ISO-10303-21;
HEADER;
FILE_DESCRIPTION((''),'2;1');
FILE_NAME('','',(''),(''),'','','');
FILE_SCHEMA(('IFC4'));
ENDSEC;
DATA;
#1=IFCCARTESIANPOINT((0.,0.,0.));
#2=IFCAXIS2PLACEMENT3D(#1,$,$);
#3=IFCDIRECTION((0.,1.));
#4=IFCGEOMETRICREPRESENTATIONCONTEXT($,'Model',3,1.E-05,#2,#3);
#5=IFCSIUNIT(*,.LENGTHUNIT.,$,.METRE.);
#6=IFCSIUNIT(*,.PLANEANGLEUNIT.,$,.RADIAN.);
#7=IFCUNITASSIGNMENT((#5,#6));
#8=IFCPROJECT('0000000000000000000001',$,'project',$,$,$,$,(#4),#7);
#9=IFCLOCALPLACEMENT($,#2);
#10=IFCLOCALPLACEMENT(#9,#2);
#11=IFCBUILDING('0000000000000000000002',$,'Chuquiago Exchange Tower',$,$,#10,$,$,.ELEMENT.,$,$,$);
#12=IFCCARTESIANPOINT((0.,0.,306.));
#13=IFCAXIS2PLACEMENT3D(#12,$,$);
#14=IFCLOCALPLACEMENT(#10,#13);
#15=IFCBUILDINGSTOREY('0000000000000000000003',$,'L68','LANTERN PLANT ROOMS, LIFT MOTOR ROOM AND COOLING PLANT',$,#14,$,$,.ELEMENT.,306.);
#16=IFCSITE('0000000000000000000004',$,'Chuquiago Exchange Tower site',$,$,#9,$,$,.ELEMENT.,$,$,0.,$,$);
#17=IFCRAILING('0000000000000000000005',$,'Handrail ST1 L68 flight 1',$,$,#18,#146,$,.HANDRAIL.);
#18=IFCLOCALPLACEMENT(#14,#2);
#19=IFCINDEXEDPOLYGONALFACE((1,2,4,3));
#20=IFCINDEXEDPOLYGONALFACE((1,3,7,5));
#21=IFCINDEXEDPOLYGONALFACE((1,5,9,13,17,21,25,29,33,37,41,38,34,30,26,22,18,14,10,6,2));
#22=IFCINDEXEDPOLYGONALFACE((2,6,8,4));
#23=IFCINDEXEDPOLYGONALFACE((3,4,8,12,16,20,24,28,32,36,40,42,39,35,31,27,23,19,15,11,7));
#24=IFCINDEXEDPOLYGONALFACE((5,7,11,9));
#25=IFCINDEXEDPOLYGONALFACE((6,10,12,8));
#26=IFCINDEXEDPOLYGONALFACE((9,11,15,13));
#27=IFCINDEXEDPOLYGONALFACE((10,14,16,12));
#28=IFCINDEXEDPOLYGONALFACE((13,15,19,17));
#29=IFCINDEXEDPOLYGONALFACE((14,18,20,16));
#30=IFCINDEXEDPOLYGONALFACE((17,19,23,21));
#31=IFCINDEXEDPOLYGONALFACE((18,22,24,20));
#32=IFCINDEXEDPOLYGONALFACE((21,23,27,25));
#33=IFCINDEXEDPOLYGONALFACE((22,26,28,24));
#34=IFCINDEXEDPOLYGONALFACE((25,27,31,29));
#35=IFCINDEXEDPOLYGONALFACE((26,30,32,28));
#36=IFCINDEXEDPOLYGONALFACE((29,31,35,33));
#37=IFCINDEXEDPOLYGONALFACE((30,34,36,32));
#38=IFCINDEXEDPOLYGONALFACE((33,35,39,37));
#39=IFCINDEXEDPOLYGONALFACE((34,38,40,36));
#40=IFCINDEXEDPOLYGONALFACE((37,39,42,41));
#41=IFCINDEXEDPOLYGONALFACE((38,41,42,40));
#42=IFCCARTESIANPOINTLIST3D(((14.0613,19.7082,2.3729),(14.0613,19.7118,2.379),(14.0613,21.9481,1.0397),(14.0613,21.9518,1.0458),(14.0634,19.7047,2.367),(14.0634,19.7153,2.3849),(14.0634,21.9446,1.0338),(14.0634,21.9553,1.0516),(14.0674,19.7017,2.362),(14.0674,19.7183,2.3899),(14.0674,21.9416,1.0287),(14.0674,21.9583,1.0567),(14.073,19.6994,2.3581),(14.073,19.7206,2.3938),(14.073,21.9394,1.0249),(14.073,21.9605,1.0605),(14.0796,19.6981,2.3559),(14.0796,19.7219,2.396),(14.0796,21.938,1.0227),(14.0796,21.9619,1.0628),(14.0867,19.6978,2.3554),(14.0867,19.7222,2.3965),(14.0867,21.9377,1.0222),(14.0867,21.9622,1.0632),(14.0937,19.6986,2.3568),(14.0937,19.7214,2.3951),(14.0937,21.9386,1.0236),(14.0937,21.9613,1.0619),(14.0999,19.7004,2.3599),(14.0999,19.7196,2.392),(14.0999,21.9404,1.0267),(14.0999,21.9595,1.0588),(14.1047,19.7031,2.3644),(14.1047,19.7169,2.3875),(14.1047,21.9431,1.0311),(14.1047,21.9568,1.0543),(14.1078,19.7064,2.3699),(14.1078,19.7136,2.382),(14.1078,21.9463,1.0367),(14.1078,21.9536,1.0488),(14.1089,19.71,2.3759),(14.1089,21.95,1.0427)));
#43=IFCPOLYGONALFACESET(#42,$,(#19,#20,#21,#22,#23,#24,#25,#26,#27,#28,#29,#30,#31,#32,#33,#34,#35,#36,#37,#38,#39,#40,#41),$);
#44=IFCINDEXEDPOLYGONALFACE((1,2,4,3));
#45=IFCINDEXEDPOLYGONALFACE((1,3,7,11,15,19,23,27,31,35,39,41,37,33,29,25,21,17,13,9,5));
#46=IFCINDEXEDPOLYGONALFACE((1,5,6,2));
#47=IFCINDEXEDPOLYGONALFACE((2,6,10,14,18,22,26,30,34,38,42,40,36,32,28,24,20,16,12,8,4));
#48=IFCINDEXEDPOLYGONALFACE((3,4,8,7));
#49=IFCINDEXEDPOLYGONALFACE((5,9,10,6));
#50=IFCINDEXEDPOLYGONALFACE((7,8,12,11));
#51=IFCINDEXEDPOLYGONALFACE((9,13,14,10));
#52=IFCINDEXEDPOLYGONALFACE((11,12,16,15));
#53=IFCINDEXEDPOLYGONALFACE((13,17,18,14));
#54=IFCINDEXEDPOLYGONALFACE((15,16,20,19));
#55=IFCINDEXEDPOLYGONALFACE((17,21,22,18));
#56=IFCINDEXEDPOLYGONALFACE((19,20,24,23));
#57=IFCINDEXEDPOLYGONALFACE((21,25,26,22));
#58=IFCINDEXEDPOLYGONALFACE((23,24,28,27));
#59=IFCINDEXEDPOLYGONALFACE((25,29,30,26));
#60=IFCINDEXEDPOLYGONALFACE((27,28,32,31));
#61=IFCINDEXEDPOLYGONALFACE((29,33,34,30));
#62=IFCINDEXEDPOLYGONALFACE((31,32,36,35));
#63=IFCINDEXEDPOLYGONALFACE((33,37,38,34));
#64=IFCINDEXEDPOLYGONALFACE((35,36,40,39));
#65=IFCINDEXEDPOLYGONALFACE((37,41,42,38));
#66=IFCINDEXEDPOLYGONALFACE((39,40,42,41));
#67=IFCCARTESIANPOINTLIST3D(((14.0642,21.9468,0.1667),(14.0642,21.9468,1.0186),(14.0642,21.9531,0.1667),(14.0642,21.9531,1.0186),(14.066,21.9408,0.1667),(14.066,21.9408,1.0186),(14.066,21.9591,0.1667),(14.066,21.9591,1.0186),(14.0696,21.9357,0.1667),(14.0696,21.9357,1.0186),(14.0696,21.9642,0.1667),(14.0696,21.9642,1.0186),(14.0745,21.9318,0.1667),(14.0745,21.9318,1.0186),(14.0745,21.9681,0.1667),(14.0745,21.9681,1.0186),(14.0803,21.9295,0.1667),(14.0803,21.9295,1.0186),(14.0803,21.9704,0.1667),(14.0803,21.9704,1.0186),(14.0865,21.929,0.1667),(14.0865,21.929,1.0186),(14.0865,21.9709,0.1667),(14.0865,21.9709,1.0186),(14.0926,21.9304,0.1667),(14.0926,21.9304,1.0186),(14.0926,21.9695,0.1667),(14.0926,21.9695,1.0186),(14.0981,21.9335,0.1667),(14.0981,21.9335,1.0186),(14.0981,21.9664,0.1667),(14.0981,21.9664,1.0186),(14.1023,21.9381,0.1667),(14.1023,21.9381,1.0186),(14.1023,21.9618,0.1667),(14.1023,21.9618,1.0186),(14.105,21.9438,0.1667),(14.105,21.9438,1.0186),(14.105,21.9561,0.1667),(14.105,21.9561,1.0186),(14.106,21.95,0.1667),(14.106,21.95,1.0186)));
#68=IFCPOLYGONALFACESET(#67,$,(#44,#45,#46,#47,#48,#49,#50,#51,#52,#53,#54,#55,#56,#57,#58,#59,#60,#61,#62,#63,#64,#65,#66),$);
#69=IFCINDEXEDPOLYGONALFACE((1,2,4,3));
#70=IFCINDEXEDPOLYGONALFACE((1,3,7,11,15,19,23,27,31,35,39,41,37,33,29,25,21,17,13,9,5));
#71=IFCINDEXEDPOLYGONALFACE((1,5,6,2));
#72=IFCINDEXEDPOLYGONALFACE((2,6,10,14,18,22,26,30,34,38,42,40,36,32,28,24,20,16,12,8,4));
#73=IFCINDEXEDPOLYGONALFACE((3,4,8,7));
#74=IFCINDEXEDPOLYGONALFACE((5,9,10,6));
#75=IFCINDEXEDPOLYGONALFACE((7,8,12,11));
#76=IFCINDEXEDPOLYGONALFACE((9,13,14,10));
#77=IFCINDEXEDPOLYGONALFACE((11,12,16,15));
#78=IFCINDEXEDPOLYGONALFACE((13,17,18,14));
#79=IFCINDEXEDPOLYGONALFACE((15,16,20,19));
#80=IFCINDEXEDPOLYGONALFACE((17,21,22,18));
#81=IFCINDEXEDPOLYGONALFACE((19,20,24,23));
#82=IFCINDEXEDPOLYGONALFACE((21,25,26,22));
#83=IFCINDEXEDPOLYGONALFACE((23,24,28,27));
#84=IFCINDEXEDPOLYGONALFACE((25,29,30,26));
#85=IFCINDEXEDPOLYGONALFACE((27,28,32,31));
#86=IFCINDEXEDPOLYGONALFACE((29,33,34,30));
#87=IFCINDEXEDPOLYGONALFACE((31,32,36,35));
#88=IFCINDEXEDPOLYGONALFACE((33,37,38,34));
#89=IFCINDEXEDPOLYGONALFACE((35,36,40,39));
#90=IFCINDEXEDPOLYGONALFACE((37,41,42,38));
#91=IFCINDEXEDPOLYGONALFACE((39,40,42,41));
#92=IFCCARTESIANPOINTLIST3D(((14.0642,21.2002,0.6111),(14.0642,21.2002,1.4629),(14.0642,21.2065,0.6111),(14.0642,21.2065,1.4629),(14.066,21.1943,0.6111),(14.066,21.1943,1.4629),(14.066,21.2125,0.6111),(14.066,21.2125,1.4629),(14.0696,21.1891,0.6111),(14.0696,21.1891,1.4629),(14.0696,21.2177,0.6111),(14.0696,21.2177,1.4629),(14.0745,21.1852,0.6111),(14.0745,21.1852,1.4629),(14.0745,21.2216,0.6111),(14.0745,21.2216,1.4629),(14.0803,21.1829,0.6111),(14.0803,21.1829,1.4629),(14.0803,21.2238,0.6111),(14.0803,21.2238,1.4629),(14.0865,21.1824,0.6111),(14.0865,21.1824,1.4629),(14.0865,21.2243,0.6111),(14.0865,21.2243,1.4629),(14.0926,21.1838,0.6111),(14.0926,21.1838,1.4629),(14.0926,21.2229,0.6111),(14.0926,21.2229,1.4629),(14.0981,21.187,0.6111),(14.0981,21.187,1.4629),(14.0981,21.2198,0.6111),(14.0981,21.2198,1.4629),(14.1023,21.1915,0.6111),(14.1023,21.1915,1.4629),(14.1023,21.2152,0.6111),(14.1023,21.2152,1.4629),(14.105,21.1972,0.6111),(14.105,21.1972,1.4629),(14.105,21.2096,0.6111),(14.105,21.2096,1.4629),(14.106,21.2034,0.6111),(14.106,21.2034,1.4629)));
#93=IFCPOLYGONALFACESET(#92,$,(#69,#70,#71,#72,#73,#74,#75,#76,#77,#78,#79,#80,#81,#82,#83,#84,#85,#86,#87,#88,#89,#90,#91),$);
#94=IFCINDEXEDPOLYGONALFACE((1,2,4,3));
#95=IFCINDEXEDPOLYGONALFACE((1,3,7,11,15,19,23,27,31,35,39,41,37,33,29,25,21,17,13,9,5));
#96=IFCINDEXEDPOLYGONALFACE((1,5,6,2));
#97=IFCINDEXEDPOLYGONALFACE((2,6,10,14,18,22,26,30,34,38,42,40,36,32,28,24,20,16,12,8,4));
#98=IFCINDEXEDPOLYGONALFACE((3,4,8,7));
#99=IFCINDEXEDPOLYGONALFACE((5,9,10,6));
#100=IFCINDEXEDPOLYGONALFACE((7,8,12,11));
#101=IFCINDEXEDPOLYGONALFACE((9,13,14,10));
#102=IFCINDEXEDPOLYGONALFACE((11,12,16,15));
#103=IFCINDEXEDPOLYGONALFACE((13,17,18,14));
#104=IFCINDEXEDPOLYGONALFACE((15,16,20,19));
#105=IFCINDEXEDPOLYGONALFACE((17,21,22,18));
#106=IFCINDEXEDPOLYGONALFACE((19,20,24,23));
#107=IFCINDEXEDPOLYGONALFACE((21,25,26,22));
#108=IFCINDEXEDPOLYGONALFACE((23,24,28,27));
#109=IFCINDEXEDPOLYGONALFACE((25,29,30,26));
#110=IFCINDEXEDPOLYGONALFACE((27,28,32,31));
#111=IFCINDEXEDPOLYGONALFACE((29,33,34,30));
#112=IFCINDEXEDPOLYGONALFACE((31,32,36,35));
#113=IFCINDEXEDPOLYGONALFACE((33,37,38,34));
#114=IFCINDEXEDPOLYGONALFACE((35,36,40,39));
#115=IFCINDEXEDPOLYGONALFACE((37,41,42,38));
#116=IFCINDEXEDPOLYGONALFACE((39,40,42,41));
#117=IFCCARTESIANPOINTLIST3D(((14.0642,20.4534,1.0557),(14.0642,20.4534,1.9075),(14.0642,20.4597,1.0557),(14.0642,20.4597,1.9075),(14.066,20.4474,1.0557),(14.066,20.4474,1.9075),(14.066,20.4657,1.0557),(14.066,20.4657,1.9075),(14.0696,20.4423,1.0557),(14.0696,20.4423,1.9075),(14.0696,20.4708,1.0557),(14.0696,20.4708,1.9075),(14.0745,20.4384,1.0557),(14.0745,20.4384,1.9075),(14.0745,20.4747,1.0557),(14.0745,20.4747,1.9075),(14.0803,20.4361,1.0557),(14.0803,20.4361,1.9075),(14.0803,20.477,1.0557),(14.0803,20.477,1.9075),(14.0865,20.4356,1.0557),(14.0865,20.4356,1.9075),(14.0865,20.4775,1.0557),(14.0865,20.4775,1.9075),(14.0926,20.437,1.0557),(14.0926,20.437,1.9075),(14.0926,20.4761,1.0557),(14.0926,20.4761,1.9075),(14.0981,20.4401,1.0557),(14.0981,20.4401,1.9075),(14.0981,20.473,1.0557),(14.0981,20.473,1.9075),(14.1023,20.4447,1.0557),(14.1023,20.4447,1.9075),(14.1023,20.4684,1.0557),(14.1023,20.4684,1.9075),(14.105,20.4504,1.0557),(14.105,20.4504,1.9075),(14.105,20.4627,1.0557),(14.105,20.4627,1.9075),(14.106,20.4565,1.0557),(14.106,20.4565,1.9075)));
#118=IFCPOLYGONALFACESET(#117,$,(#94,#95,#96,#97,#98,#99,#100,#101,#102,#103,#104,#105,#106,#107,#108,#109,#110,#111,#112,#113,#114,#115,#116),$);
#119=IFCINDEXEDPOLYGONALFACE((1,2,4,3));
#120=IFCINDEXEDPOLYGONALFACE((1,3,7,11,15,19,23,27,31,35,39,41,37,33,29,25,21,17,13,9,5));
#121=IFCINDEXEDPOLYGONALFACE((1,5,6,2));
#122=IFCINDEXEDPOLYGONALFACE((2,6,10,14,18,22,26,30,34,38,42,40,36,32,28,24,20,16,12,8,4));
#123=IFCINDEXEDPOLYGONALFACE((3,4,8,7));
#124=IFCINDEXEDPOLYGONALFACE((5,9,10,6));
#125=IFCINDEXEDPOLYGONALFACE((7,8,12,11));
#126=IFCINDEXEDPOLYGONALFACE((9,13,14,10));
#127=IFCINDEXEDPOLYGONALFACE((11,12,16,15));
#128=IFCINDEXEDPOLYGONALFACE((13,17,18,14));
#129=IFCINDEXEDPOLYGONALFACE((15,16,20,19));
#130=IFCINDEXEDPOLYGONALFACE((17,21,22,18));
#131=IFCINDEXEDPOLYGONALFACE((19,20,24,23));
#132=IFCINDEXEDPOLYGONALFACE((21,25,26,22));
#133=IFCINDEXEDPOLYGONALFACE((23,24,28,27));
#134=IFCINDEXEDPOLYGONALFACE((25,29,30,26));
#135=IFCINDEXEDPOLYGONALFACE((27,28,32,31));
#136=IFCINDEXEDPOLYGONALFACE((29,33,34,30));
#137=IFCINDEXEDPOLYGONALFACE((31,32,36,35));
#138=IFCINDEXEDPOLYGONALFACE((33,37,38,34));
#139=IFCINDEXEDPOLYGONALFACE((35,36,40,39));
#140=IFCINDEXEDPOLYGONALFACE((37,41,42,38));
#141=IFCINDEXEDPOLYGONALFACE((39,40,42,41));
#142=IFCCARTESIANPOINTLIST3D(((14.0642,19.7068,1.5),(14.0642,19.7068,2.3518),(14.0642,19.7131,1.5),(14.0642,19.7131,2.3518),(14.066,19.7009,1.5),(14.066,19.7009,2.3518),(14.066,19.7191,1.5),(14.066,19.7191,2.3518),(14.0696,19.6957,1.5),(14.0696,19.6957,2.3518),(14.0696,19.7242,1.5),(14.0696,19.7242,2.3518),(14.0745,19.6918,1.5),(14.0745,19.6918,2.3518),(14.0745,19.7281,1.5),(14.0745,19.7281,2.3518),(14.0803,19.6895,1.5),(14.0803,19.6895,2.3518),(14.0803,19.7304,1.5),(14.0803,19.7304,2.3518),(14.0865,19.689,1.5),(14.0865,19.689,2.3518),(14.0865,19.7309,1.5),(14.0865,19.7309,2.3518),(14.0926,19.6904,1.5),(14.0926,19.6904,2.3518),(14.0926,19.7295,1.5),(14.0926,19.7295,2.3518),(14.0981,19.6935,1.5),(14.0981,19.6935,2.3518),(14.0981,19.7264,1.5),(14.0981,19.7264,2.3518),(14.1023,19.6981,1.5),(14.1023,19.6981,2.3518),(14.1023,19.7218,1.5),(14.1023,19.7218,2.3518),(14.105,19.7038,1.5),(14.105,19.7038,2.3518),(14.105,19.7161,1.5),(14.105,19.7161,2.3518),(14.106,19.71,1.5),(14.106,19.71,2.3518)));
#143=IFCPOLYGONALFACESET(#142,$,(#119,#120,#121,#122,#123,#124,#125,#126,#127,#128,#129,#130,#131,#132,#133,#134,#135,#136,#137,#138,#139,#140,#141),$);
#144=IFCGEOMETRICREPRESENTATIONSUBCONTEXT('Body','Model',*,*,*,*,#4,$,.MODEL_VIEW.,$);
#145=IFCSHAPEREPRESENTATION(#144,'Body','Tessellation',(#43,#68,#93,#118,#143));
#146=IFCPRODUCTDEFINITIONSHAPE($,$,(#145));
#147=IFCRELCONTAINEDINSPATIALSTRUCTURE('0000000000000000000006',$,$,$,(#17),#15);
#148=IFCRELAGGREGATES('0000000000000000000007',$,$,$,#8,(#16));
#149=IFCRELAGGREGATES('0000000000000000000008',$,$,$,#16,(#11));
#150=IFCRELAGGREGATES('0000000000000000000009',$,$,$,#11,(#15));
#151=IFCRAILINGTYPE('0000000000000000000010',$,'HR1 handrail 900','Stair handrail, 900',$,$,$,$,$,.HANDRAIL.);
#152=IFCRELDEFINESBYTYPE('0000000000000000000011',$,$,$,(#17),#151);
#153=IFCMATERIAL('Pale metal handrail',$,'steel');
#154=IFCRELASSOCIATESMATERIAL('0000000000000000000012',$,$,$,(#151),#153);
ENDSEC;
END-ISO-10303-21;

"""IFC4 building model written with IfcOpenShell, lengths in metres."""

from ifc_helpers import new_model, si_unit, direction, frame, origin, origin_2d, place, context, subcontext, project, spatial, circle, extrude, material, type_object, element, save


model = new_model("IFC4")

# Units and contexts
model_context = context("Model", 3, precision=1e-05, world=origin(), true_north=direction((0.0, 1.0)))
body_context = subcontext(model_context, "Body", "Model", "MODEL_VIEW")
ifc_project = project(units=[si_unit("LENGTHUNIT", "METRE"), si_unit("PLANEANGLEUNIT", "RADIAN")], contexts=[model_context])

# Site, building, storey
site_placement = place(None, origin())
site = spatial("IfcSite", under=ifc_project, at=site_placement, Name="Chuquiago Exchange Tower site", CompositionType="ELEMENT", RefElevation=0.0)
building_placement = place(site_placement, origin())
building = spatial("IfcBuilding", under=site, at=building_placement, Name="Chuquiago Exchange Tower", CompositionType="ELEMENT")
storey_placement = place(building_placement, frame((0.0, 0.0, 306.0)))
storey = spatial("IfcBuildingStorey", under=building, at=storey_placement, Name="L68", Description="LANTERN PLANT ROOMS, LIFT MOTOR ROOM AND COOLING PLANT", CompositionType="ELEMENT", Elevation=306.0)

# Railing
ifc_material_1 = material(Name="Pale metal handrail", Category="steel")
railing_type = type_object("IfcRailingType", Name="HR1 handrail 900", Description="Stair handrail, 900", PredefinedType="HANDRAIL", material=ifc_material_1)
for number, where, name in (
    (1, (14.085, 21.95, 0.1667), "Handrail ST1 L68 flight 1"),
):
    element("IfcRailing", number, at=place(storey_placement, frame(where)), inside=storey, type_object=railing_type, Name=name, PredefinedType="HANDRAIL", context=body_context, shape_type="SweptSolid", body=[
        extrude(circle(Radius=0.0239, at=origin_2d()), frame((0.0, 0.0, 0.876), z_axis=(0.0, -0.859306, 0.511462), x_axis=(1.0, 0.0, 0.0)), (0.0, 0.0, 1.0), 2.6067),
        extrude(circle(Radius=0.021, at=origin_2d()), origin(), (0.0, 0.0, 1.0), 0.8518),
        extrude(circle(Radius=0.021, at=origin_2d()), frame((0.0, -0.7466, 0.4443)), (0.0, 0.0, 1.0), 0.8518),
        extrude(circle(Radius=0.021, at=origin_2d()), frame((0.0, -1.4934, 0.8889)), (0.0, 0.0, 1.0), 0.8518),
        extrude(circle(Radius=0.021, at=origin_2d()), frame((0.0, -2.24, 1.3333)), (0.0, 0.0, 1.0), 0.8518),
    ])

save(model, "model.ifc")
